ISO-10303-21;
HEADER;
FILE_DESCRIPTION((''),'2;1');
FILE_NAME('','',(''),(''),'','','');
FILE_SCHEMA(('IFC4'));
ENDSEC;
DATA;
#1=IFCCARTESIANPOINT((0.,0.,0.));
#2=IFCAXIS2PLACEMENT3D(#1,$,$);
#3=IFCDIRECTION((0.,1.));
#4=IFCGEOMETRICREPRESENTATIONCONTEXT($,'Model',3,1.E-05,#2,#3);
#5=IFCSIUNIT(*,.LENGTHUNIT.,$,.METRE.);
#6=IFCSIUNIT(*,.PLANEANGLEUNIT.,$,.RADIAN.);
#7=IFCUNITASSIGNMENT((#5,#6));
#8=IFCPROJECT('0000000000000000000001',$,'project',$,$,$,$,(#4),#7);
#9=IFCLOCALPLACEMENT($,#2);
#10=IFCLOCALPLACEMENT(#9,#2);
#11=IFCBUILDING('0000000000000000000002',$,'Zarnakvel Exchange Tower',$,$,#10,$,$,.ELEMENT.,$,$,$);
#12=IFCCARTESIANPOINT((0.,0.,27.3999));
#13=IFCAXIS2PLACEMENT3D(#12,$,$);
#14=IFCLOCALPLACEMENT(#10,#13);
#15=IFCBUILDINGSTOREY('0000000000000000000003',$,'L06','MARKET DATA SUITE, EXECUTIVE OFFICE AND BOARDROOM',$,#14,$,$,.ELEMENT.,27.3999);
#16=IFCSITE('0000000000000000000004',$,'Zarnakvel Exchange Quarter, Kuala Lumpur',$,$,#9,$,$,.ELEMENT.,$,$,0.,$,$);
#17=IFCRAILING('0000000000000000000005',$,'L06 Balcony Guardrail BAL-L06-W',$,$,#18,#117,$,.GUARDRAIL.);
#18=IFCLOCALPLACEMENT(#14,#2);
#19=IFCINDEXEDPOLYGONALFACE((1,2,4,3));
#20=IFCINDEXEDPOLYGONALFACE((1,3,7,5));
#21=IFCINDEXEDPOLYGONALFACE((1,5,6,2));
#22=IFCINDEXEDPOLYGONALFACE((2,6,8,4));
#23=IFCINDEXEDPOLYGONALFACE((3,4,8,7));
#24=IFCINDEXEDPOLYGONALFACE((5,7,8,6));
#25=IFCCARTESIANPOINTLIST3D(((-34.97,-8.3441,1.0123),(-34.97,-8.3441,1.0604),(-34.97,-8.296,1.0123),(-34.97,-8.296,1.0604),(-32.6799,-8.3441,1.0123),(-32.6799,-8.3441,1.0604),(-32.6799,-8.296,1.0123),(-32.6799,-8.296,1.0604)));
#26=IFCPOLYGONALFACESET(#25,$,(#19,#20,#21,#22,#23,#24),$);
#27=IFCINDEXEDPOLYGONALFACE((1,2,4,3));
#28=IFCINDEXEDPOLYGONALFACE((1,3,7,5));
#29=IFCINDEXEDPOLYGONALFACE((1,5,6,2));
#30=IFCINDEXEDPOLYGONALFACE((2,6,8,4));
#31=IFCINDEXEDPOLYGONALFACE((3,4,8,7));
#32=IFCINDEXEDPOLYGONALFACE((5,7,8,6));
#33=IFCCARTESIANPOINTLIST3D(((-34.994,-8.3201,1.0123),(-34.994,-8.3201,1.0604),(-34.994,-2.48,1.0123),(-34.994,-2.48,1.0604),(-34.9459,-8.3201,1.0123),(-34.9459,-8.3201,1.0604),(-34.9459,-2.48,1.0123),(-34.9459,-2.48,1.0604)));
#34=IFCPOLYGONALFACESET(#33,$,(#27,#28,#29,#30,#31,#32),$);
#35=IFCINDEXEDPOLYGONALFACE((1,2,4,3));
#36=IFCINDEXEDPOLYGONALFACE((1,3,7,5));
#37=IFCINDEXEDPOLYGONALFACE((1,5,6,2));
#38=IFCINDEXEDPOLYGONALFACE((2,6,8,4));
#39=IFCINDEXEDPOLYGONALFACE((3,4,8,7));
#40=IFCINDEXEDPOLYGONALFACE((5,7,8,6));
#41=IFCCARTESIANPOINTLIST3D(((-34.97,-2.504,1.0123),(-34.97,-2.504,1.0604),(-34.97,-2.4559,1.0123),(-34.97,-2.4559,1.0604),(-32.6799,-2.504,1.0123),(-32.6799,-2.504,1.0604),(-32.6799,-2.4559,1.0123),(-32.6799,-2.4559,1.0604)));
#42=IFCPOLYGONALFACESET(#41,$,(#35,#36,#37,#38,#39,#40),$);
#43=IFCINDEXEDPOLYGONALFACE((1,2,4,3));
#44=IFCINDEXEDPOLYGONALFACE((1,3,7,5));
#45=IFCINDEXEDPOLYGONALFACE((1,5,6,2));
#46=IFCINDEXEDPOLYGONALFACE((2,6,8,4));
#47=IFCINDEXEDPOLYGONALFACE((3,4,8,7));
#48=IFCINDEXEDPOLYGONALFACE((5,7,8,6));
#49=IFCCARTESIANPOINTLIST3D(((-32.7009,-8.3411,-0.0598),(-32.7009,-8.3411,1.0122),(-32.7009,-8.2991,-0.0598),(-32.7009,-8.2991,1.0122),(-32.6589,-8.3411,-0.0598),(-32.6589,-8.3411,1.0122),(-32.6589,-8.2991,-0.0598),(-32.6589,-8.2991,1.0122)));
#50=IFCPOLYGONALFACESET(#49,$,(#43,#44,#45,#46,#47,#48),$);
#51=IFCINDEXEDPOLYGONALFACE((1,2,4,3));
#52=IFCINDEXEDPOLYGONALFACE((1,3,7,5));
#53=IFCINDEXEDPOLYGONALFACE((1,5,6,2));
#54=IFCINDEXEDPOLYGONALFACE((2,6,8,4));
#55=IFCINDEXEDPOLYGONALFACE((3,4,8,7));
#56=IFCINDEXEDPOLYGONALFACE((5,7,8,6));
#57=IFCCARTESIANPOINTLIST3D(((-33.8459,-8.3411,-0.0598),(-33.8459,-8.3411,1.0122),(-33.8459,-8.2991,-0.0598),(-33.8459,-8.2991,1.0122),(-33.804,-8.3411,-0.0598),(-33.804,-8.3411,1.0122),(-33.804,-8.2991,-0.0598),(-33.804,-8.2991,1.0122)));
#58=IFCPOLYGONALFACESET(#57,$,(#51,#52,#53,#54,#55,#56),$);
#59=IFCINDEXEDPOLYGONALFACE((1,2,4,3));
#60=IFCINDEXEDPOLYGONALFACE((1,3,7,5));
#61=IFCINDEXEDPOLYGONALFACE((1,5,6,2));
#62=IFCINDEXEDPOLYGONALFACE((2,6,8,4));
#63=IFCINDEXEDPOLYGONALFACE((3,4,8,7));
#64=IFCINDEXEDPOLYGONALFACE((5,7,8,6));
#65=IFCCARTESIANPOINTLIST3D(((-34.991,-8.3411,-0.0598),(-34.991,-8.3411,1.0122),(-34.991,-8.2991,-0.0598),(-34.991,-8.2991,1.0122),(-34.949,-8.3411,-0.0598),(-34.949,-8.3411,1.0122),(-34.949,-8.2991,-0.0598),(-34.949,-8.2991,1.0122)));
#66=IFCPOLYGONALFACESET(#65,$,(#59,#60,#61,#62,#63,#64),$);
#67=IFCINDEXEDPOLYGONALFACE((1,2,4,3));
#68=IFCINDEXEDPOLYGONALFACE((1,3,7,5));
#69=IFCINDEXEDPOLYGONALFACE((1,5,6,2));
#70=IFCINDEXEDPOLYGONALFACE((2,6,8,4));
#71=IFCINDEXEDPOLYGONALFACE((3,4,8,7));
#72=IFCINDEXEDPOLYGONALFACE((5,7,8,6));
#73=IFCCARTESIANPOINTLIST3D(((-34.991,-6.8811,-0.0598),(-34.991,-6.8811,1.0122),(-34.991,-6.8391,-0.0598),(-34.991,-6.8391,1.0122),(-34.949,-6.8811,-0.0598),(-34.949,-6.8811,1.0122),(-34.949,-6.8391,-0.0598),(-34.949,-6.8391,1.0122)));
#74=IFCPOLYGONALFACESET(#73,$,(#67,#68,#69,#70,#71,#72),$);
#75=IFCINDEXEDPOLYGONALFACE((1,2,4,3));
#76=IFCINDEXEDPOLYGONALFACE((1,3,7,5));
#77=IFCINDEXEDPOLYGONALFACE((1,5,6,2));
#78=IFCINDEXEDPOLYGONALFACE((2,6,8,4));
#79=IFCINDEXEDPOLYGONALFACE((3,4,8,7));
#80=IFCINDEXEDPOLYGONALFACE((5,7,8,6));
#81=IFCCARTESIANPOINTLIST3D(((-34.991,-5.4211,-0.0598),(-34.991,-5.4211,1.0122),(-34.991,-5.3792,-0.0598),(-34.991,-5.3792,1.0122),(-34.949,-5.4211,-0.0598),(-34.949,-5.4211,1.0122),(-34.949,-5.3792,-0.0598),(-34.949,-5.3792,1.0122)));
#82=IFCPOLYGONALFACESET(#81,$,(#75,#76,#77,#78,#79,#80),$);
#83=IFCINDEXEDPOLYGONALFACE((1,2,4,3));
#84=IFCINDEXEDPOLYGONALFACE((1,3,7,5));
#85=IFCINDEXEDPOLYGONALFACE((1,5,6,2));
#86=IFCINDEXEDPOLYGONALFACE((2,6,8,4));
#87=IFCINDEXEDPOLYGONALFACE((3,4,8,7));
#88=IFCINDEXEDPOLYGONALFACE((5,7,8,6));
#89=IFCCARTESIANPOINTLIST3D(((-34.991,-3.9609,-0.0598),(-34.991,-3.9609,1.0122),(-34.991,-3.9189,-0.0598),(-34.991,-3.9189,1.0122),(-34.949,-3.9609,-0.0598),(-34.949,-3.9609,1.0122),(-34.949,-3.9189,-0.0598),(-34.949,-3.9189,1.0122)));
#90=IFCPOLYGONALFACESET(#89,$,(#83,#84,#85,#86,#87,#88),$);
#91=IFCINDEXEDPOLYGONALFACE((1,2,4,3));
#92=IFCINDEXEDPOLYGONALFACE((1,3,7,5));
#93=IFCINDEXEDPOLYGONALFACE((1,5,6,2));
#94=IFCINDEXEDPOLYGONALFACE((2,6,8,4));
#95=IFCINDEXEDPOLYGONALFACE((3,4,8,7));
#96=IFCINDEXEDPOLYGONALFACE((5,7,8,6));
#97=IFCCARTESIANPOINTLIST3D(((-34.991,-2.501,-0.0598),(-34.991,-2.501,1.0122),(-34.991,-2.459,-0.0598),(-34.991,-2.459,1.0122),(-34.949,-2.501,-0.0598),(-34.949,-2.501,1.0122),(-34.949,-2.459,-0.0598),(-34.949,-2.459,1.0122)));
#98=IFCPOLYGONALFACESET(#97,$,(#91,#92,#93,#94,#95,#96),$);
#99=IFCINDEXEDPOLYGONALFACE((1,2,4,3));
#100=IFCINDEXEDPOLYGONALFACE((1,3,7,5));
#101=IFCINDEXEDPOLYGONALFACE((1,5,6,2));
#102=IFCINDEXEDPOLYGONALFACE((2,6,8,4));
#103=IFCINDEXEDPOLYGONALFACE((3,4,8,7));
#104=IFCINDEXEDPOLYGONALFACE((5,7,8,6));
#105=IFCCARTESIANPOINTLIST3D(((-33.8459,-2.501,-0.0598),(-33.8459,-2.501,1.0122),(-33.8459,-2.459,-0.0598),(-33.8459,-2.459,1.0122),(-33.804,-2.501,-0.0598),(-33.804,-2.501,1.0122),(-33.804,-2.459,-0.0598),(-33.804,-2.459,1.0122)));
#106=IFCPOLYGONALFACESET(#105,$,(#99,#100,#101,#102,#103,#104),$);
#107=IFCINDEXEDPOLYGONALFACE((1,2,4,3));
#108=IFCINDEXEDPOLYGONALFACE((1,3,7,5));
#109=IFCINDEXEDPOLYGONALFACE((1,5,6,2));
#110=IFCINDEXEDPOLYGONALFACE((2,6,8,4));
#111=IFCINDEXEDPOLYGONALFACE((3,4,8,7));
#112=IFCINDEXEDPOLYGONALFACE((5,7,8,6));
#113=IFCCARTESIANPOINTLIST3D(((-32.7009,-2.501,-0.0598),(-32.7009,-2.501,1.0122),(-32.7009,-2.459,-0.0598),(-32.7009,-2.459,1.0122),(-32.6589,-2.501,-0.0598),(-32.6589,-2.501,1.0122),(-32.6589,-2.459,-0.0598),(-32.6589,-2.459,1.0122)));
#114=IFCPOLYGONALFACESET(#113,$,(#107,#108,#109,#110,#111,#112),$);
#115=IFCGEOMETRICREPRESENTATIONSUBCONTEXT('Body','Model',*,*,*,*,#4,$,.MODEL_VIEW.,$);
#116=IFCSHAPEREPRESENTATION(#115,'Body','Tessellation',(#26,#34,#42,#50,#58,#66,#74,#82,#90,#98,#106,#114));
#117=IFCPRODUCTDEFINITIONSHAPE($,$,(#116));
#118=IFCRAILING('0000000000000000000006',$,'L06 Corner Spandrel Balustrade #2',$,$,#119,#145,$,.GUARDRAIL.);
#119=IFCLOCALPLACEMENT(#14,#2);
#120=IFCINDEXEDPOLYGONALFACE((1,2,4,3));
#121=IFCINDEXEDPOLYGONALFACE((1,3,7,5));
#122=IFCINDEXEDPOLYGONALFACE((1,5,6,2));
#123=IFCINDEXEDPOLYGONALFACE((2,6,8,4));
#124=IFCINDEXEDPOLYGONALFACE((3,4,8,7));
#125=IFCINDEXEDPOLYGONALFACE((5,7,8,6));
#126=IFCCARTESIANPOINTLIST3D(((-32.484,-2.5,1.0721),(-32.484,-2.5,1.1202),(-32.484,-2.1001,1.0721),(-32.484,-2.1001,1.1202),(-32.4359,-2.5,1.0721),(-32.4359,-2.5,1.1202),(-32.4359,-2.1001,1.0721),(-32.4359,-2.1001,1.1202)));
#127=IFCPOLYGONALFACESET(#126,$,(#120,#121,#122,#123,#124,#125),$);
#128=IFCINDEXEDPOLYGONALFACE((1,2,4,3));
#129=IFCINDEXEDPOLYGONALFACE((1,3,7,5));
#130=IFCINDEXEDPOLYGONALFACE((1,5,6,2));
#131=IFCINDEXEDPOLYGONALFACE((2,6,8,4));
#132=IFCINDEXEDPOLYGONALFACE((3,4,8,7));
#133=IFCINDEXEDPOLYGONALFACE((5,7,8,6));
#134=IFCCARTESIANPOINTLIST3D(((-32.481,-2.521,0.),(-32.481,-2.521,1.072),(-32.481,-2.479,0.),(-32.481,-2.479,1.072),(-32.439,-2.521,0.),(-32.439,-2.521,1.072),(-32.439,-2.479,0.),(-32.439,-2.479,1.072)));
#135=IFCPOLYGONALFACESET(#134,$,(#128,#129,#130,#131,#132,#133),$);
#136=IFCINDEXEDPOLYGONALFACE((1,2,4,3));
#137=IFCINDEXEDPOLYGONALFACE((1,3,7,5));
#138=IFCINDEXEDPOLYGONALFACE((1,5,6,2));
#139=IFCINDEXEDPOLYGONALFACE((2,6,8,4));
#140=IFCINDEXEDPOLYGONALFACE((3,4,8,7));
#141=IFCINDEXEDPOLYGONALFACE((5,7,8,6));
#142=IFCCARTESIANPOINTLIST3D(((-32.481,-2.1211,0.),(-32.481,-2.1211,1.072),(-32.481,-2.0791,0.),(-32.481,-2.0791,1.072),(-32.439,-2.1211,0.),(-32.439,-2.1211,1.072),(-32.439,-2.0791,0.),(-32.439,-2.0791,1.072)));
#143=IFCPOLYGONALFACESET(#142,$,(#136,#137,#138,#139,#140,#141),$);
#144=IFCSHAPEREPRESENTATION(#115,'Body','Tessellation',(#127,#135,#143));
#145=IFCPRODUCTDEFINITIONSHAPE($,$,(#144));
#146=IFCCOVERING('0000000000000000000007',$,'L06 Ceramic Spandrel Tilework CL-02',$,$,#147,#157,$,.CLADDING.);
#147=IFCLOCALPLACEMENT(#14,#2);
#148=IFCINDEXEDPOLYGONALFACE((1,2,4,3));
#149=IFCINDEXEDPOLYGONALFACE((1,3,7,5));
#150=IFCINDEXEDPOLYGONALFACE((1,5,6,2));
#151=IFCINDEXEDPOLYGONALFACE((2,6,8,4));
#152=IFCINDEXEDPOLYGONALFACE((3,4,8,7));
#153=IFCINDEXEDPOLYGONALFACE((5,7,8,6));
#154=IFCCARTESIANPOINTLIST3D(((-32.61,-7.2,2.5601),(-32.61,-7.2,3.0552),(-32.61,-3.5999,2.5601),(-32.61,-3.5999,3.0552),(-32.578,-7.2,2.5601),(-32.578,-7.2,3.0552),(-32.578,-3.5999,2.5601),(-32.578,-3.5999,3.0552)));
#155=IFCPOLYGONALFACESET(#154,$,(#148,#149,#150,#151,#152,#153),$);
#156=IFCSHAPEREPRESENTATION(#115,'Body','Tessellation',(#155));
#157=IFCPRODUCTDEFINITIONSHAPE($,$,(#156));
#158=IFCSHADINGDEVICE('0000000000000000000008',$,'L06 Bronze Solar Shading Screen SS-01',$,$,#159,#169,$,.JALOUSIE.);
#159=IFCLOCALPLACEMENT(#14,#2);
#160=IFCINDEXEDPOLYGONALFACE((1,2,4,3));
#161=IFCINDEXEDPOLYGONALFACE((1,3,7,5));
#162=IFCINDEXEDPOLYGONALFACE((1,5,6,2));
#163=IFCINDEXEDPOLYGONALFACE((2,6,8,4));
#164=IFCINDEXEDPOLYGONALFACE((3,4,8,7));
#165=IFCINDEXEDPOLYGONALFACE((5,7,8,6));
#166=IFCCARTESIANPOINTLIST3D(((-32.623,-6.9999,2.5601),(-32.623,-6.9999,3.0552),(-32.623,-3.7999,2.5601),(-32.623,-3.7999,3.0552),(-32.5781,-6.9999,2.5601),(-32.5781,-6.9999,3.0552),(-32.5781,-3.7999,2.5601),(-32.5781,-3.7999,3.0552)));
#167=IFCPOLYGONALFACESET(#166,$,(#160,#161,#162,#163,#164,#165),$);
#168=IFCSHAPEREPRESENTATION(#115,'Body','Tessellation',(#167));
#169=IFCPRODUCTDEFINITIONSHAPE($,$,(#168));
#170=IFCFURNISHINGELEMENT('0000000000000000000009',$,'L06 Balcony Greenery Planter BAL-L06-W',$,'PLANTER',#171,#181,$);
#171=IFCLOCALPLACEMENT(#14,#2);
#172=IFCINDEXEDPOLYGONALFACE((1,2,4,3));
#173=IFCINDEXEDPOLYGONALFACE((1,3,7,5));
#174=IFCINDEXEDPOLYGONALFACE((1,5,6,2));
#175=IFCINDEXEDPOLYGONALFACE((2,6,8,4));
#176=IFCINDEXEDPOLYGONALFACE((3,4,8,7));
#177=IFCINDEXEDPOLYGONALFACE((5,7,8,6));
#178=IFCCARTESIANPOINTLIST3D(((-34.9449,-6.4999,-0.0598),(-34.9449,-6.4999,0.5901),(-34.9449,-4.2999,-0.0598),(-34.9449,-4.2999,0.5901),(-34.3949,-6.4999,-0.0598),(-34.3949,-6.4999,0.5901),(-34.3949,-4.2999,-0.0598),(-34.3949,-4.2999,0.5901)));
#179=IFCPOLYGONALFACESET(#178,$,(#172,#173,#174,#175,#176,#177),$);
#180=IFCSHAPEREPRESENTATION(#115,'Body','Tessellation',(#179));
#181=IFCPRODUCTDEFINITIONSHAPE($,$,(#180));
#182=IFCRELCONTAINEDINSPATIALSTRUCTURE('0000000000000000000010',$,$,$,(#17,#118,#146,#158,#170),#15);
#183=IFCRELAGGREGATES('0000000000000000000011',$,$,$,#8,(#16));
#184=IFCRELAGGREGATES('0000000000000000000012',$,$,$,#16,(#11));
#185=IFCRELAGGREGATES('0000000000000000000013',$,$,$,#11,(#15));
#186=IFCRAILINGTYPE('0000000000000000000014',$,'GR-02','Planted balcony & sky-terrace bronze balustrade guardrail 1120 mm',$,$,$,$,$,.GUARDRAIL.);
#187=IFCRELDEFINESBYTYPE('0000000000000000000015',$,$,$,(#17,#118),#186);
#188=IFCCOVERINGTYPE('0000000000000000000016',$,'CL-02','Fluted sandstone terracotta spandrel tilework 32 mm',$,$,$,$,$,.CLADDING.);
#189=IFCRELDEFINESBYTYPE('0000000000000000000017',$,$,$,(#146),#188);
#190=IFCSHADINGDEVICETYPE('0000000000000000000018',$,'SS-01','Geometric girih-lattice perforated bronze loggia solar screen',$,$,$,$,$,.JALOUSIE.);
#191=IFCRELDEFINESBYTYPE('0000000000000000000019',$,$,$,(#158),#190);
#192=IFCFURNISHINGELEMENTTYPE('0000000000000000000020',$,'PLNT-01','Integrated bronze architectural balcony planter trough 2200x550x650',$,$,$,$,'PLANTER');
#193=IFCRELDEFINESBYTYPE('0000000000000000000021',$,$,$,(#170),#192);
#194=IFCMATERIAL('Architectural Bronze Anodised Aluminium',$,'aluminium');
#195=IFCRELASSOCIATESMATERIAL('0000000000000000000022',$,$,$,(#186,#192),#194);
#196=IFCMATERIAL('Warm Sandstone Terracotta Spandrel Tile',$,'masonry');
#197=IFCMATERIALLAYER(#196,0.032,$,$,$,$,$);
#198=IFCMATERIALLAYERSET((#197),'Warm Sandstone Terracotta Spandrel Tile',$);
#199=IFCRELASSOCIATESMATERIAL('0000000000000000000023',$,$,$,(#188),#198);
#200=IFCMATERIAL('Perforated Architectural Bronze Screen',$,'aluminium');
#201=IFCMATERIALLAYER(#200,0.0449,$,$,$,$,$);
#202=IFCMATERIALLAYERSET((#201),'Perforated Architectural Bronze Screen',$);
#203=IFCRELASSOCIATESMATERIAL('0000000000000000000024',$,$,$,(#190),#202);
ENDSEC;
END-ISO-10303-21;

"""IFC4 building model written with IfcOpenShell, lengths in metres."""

from ifc_helpers import new_model, si_unit, direction, frame, origin, origin_2d, place, context, subcontext, project, spatial, rectangle, extrude, source, transform, mapped, material, layer, layer_set, type_object, element, save


model = new_model("IFC4")

# Units and contexts
model_context = context("Model", 3, precision=1e-05, world=origin(), true_north=direction((0.0, 1.0)))
body_context = subcontext(model_context, "Body", "Model", "MODEL_VIEW")
ifc_project = project(units=[si_unit("LENGTHUNIT", "METRE"), si_unit("PLANEANGLEUNIT", "RADIAN")], contexts=[model_context])

# Site, building, storey
site_placement = place(None, origin())
site = spatial("IfcSite", under=ifc_project, at=site_placement, Name="Zarnakvel Exchange Quarter, Kuala Lumpur", CompositionType="ELEMENT", RefElevation=0.0)
building_placement = place(site_placement, origin())
building = spatial("IfcBuilding", under=site, at=building_placement, Name="Zarnakvel Exchange Tower", CompositionType="ELEMENT")
storey_placement = place(building_placement, frame((0.0, 0.0, 27.3999)))
storey = spatial("IfcBuildingStorey", under=building, at=storey_placement, Name="L06", Description="MARKET DATA SUITE, EXECUTIVE OFFICE AND BOARDROOM", CompositionType="ELEMENT", Elevation=27.3999)

# Shared definitions
ifc_material_1 = material(Name="Architectural Bronze Anodised Aluminium", Category="aluminium")

# Railings
railing_type = type_object("IfcRailingType", Name="GR-02", Description="Planted balcony & sky-terrace bronze balustrade guardrail 1120 mm", PredefinedType="GUARDRAIL", material=ifc_material_1)
railing_1_placement = place(storey_placement, frame((-32.6799, -8.3201, -0.0598)))
element("IfcRailing", 1, at=railing_1_placement, inside=storey, type_object=railing_type, Name="L06 Balcony Guardrail BAL-L06-W", PredefinedType="GUARDRAIL", context=body_context, shape_type="SweptSolid", body=[
    extrude(rectangle(XDim=0.0481, YDim=0.0481, at=origin_2d()), frame((0.0, 0.0, 1.0962), z_axis=(-1.0, 0.0, 0.0), x_axis=(0.0, -1.0, 0.0)), (0.0, 0.0, 1.0), 2.29),
    extrude(rectangle(XDim=0.0481, YDim=0.0481, at=origin_2d()), frame((-2.29, 0.0, 1.0962), z_axis=(0.0, 1.0, 0.0), x_axis=(-1.0, 0.0, 0.0)), (0.0, 0.0, 1.0), 5.8401),
    extrude(rectangle(XDim=0.0481, YDim=0.0481, at=origin_2d()), frame((-2.29, 5.8401, 1.0962), z_axis=(1.0, 0.0, 0.0), x_axis=(0.0, 1.0, 0.0)), (0.0, 0.0, 1.0), 2.29),
    extrude(rectangle(XDim=0.042, YDim=0.042, at=origin_2d()), origin(), (0.0, 0.0, 1.0), 1.072),
    extrude(rectangle(XDim=0.042, YDim=0.042, at=origin_2d()), frame((-1.145, 0.0, 0.0)), (0.0, 0.0, 1.0), 1.072),
    extrude(rectangle(XDim=0.042, YDim=0.042, at=origin_2d()), frame((-2.29, 0.0, 0.0)), (0.0, 0.0, 1.0), 1.072),
    extrude(rectangle(XDim=0.042, YDim=0.042, at=origin_2d()), frame((-2.29, 1.46, 0.0)), (0.0, 0.0, 1.0), 1.072),
    extrude(rectangle(XDim=0.042, YDim=0.042, at=origin_2d()), frame((-2.29, 2.9199, 0.0)), (0.0, 0.0, 1.0), 1.072),
    extrude(rectangle(XDim=0.042, YDim=0.042, at=origin_2d()), frame((-2.29, 4.3801, 0.0)), (0.0, 0.0, 1.0), 1.072),
    extrude(rectangle(XDim=0.042, YDim=0.042, at=origin_2d()), frame((-2.29, 5.8401, 0.0)), (0.0, 0.0, 1.0), 1.072),
    extrude(rectangle(XDim=0.042, YDim=0.042, at=origin_2d()), frame((-1.145, 5.8401, 0.0)), (0.0, 0.0, 1.0), 1.072),
    extrude(rectangle(XDim=0.042, YDim=0.042, at=origin_2d()), frame((0.0, 5.8401, 0.0)), (0.0, 0.0, 1.0), 1.072),
])
railing_2_placement = place(storey_placement, frame((-32.46, -2.5, 0.0)))
element("IfcRailing", 2, at=railing_2_placement, inside=storey, type_object=railing_type, Name="L06 Corner Spandrel Balustrade #2", PredefinedType="GUARDRAIL", context=body_context, shape_type="SweptSolid", body=[
    extrude(rectangle(XDim=0.0481, YDim=0.0481, at=origin_2d()), frame((0.0, 0.0, 1.0962), z_axis=(0.0, 1.0, 0.0), x_axis=(-1.0, 0.0, 0.0)), (0.0, 0.0, 1.0), 0.3999),
    extrude(rectangle(XDim=0.042, YDim=0.042, at=origin_2d()), origin(), (0.0, 0.0, 1.0), 1.072),
    extrude(rectangle(XDim=0.042, YDim=0.042, at=origin_2d()), frame((0.0, 0.3999, 0.0)), (0.0, 0.0, 1.0), 1.072),
])

# Covering
ifc_material_2 = material(Name="Warm Sandstone Terracotta Spandrel Tile", Category="masonry")
ifc_layer_1 = layer(ifc_material_2, 0.032)
ifc_layer_set_1 = layer_set([ifc_layer_1], Name="Warm Sandstone Terracotta Spandrel Tile")
covering_type = type_object("IfcCoveringType", Name="CL-02", Description="Fluted sandstone terracotta spandrel tilework 32 mm", PredefinedType="CLADDING", material=ifc_layer_set_1)
shared_shape_1 = source(origin(), body_context, "Body", "SweptSolid", [
    extrude(rectangle(XDim=3.6001, YDim=0.032, at=origin_2d()), origin(), (0.0, 0.0, 1.0), 0.4951),
])
covering_placement = place(storey_placement, frame((-32.594, -5.3999, 2.5601), z_axis=(0.0, 0.0, 1.0), x_axis=(0.0, 1.0, 0.0)))
element("IfcCovering", 3, at=covering_placement, inside=storey, type_object=covering_type, Name="L06 Ceramic Spandrel Tilework CL-02", PredefinedType="CLADDING", context=body_context, shape_type="MappedRepresentation", body=[
    mapped(shared_shape_1, transform((0.0, 0.0, 0.0), x_axis=(1.0, 0.0, 0.0), y_axis=(0.0, 1.0, 0.0), z_axis=(0.0, 0.0, 1.0), scale=1.0)),
])

# Shading device
ifc_material_3 = material(Name="Perforated Architectural Bronze Screen", Category="aluminium")
ifc_layer_2 = layer(ifc_material_3, 0.0449)
ifc_layer_set_2 = layer_set([ifc_layer_2], Name="Perforated Architectural Bronze Screen")
shading_device_type = type_object("IfcShadingDeviceType", Name="SS-01", Description="Geometric girih-lattice perforated bronze loggia solar screen", PredefinedType="JALOUSIE", material=ifc_layer_set_2)
shared_shape_2 = source(origin(), body_context, "Body", "SweptSolid", [
    extrude(rectangle(XDim=3.2, YDim=0.0449, at=origin_2d()), origin(), (0.0, 0.0, 1.0), 0.4951),
])
shading_device_placement = place(storey_placement, frame((-32.6006, -5.3999, 2.5601), z_axis=(0.0, 0.0, 1.0), x_axis=(0.0, 1.0, 0.0)))
element("IfcShadingDevice", 4, at=shading_device_placement, inside=storey, type_object=shading_device_type, Name="L06 Bronze Solar Shading Screen SS-01", PredefinedType="JALOUSIE", context=body_context, shape_type="MappedRepresentation", body=[
    mapped(shared_shape_2, transform((0.0, 0.0, 0.0), x_axis=(1.0, 0.0, 0.0), y_axis=(0.0, 1.0, 0.0), z_axis=(0.0, 0.0, 1.0), scale=1.0)),
])

# Furnishing element
furnishing_element_type = type_object("IfcFurnishingElementType", Name="PLNT-01", Description="Integrated bronze architectural balcony planter trough 2200x550x650", ElementType="PLANTER", material=ifc_material_1)
shared_shape_3 = source(origin(), body_context, "Body", "SweptSolid", [
    extrude(rectangle(XDim=2.2, YDim=0.55, at=origin_2d()), origin(), (0.0, 0.0, 1.0), 0.6499),
])
furnishing_placement = place(storey_placement, frame((-34.6699, -5.3999, -0.0598), z_axis=(0.0, 0.0, 1.0), x_axis=(0.0, 1.0, 0.0)))
element("IfcFurnishingElement", 5, at=furnishing_placement, inside=storey, type_object=furnishing_element_type, Name="L06 Balcony Greenery Planter BAL-L06-W", ObjectType="PLANTER", context=body_context, shape_type="MappedRepresentation", body=[
    mapped(shared_shape_3, transform((0.0, 0.0, 0.0), x_axis=(1.0, 0.0, 0.0), y_axis=(0.0, 1.0, 0.0), z_axis=(0.0, 0.0, 1.0), scale=1.0)),
])

save(model, "model.ifc")
